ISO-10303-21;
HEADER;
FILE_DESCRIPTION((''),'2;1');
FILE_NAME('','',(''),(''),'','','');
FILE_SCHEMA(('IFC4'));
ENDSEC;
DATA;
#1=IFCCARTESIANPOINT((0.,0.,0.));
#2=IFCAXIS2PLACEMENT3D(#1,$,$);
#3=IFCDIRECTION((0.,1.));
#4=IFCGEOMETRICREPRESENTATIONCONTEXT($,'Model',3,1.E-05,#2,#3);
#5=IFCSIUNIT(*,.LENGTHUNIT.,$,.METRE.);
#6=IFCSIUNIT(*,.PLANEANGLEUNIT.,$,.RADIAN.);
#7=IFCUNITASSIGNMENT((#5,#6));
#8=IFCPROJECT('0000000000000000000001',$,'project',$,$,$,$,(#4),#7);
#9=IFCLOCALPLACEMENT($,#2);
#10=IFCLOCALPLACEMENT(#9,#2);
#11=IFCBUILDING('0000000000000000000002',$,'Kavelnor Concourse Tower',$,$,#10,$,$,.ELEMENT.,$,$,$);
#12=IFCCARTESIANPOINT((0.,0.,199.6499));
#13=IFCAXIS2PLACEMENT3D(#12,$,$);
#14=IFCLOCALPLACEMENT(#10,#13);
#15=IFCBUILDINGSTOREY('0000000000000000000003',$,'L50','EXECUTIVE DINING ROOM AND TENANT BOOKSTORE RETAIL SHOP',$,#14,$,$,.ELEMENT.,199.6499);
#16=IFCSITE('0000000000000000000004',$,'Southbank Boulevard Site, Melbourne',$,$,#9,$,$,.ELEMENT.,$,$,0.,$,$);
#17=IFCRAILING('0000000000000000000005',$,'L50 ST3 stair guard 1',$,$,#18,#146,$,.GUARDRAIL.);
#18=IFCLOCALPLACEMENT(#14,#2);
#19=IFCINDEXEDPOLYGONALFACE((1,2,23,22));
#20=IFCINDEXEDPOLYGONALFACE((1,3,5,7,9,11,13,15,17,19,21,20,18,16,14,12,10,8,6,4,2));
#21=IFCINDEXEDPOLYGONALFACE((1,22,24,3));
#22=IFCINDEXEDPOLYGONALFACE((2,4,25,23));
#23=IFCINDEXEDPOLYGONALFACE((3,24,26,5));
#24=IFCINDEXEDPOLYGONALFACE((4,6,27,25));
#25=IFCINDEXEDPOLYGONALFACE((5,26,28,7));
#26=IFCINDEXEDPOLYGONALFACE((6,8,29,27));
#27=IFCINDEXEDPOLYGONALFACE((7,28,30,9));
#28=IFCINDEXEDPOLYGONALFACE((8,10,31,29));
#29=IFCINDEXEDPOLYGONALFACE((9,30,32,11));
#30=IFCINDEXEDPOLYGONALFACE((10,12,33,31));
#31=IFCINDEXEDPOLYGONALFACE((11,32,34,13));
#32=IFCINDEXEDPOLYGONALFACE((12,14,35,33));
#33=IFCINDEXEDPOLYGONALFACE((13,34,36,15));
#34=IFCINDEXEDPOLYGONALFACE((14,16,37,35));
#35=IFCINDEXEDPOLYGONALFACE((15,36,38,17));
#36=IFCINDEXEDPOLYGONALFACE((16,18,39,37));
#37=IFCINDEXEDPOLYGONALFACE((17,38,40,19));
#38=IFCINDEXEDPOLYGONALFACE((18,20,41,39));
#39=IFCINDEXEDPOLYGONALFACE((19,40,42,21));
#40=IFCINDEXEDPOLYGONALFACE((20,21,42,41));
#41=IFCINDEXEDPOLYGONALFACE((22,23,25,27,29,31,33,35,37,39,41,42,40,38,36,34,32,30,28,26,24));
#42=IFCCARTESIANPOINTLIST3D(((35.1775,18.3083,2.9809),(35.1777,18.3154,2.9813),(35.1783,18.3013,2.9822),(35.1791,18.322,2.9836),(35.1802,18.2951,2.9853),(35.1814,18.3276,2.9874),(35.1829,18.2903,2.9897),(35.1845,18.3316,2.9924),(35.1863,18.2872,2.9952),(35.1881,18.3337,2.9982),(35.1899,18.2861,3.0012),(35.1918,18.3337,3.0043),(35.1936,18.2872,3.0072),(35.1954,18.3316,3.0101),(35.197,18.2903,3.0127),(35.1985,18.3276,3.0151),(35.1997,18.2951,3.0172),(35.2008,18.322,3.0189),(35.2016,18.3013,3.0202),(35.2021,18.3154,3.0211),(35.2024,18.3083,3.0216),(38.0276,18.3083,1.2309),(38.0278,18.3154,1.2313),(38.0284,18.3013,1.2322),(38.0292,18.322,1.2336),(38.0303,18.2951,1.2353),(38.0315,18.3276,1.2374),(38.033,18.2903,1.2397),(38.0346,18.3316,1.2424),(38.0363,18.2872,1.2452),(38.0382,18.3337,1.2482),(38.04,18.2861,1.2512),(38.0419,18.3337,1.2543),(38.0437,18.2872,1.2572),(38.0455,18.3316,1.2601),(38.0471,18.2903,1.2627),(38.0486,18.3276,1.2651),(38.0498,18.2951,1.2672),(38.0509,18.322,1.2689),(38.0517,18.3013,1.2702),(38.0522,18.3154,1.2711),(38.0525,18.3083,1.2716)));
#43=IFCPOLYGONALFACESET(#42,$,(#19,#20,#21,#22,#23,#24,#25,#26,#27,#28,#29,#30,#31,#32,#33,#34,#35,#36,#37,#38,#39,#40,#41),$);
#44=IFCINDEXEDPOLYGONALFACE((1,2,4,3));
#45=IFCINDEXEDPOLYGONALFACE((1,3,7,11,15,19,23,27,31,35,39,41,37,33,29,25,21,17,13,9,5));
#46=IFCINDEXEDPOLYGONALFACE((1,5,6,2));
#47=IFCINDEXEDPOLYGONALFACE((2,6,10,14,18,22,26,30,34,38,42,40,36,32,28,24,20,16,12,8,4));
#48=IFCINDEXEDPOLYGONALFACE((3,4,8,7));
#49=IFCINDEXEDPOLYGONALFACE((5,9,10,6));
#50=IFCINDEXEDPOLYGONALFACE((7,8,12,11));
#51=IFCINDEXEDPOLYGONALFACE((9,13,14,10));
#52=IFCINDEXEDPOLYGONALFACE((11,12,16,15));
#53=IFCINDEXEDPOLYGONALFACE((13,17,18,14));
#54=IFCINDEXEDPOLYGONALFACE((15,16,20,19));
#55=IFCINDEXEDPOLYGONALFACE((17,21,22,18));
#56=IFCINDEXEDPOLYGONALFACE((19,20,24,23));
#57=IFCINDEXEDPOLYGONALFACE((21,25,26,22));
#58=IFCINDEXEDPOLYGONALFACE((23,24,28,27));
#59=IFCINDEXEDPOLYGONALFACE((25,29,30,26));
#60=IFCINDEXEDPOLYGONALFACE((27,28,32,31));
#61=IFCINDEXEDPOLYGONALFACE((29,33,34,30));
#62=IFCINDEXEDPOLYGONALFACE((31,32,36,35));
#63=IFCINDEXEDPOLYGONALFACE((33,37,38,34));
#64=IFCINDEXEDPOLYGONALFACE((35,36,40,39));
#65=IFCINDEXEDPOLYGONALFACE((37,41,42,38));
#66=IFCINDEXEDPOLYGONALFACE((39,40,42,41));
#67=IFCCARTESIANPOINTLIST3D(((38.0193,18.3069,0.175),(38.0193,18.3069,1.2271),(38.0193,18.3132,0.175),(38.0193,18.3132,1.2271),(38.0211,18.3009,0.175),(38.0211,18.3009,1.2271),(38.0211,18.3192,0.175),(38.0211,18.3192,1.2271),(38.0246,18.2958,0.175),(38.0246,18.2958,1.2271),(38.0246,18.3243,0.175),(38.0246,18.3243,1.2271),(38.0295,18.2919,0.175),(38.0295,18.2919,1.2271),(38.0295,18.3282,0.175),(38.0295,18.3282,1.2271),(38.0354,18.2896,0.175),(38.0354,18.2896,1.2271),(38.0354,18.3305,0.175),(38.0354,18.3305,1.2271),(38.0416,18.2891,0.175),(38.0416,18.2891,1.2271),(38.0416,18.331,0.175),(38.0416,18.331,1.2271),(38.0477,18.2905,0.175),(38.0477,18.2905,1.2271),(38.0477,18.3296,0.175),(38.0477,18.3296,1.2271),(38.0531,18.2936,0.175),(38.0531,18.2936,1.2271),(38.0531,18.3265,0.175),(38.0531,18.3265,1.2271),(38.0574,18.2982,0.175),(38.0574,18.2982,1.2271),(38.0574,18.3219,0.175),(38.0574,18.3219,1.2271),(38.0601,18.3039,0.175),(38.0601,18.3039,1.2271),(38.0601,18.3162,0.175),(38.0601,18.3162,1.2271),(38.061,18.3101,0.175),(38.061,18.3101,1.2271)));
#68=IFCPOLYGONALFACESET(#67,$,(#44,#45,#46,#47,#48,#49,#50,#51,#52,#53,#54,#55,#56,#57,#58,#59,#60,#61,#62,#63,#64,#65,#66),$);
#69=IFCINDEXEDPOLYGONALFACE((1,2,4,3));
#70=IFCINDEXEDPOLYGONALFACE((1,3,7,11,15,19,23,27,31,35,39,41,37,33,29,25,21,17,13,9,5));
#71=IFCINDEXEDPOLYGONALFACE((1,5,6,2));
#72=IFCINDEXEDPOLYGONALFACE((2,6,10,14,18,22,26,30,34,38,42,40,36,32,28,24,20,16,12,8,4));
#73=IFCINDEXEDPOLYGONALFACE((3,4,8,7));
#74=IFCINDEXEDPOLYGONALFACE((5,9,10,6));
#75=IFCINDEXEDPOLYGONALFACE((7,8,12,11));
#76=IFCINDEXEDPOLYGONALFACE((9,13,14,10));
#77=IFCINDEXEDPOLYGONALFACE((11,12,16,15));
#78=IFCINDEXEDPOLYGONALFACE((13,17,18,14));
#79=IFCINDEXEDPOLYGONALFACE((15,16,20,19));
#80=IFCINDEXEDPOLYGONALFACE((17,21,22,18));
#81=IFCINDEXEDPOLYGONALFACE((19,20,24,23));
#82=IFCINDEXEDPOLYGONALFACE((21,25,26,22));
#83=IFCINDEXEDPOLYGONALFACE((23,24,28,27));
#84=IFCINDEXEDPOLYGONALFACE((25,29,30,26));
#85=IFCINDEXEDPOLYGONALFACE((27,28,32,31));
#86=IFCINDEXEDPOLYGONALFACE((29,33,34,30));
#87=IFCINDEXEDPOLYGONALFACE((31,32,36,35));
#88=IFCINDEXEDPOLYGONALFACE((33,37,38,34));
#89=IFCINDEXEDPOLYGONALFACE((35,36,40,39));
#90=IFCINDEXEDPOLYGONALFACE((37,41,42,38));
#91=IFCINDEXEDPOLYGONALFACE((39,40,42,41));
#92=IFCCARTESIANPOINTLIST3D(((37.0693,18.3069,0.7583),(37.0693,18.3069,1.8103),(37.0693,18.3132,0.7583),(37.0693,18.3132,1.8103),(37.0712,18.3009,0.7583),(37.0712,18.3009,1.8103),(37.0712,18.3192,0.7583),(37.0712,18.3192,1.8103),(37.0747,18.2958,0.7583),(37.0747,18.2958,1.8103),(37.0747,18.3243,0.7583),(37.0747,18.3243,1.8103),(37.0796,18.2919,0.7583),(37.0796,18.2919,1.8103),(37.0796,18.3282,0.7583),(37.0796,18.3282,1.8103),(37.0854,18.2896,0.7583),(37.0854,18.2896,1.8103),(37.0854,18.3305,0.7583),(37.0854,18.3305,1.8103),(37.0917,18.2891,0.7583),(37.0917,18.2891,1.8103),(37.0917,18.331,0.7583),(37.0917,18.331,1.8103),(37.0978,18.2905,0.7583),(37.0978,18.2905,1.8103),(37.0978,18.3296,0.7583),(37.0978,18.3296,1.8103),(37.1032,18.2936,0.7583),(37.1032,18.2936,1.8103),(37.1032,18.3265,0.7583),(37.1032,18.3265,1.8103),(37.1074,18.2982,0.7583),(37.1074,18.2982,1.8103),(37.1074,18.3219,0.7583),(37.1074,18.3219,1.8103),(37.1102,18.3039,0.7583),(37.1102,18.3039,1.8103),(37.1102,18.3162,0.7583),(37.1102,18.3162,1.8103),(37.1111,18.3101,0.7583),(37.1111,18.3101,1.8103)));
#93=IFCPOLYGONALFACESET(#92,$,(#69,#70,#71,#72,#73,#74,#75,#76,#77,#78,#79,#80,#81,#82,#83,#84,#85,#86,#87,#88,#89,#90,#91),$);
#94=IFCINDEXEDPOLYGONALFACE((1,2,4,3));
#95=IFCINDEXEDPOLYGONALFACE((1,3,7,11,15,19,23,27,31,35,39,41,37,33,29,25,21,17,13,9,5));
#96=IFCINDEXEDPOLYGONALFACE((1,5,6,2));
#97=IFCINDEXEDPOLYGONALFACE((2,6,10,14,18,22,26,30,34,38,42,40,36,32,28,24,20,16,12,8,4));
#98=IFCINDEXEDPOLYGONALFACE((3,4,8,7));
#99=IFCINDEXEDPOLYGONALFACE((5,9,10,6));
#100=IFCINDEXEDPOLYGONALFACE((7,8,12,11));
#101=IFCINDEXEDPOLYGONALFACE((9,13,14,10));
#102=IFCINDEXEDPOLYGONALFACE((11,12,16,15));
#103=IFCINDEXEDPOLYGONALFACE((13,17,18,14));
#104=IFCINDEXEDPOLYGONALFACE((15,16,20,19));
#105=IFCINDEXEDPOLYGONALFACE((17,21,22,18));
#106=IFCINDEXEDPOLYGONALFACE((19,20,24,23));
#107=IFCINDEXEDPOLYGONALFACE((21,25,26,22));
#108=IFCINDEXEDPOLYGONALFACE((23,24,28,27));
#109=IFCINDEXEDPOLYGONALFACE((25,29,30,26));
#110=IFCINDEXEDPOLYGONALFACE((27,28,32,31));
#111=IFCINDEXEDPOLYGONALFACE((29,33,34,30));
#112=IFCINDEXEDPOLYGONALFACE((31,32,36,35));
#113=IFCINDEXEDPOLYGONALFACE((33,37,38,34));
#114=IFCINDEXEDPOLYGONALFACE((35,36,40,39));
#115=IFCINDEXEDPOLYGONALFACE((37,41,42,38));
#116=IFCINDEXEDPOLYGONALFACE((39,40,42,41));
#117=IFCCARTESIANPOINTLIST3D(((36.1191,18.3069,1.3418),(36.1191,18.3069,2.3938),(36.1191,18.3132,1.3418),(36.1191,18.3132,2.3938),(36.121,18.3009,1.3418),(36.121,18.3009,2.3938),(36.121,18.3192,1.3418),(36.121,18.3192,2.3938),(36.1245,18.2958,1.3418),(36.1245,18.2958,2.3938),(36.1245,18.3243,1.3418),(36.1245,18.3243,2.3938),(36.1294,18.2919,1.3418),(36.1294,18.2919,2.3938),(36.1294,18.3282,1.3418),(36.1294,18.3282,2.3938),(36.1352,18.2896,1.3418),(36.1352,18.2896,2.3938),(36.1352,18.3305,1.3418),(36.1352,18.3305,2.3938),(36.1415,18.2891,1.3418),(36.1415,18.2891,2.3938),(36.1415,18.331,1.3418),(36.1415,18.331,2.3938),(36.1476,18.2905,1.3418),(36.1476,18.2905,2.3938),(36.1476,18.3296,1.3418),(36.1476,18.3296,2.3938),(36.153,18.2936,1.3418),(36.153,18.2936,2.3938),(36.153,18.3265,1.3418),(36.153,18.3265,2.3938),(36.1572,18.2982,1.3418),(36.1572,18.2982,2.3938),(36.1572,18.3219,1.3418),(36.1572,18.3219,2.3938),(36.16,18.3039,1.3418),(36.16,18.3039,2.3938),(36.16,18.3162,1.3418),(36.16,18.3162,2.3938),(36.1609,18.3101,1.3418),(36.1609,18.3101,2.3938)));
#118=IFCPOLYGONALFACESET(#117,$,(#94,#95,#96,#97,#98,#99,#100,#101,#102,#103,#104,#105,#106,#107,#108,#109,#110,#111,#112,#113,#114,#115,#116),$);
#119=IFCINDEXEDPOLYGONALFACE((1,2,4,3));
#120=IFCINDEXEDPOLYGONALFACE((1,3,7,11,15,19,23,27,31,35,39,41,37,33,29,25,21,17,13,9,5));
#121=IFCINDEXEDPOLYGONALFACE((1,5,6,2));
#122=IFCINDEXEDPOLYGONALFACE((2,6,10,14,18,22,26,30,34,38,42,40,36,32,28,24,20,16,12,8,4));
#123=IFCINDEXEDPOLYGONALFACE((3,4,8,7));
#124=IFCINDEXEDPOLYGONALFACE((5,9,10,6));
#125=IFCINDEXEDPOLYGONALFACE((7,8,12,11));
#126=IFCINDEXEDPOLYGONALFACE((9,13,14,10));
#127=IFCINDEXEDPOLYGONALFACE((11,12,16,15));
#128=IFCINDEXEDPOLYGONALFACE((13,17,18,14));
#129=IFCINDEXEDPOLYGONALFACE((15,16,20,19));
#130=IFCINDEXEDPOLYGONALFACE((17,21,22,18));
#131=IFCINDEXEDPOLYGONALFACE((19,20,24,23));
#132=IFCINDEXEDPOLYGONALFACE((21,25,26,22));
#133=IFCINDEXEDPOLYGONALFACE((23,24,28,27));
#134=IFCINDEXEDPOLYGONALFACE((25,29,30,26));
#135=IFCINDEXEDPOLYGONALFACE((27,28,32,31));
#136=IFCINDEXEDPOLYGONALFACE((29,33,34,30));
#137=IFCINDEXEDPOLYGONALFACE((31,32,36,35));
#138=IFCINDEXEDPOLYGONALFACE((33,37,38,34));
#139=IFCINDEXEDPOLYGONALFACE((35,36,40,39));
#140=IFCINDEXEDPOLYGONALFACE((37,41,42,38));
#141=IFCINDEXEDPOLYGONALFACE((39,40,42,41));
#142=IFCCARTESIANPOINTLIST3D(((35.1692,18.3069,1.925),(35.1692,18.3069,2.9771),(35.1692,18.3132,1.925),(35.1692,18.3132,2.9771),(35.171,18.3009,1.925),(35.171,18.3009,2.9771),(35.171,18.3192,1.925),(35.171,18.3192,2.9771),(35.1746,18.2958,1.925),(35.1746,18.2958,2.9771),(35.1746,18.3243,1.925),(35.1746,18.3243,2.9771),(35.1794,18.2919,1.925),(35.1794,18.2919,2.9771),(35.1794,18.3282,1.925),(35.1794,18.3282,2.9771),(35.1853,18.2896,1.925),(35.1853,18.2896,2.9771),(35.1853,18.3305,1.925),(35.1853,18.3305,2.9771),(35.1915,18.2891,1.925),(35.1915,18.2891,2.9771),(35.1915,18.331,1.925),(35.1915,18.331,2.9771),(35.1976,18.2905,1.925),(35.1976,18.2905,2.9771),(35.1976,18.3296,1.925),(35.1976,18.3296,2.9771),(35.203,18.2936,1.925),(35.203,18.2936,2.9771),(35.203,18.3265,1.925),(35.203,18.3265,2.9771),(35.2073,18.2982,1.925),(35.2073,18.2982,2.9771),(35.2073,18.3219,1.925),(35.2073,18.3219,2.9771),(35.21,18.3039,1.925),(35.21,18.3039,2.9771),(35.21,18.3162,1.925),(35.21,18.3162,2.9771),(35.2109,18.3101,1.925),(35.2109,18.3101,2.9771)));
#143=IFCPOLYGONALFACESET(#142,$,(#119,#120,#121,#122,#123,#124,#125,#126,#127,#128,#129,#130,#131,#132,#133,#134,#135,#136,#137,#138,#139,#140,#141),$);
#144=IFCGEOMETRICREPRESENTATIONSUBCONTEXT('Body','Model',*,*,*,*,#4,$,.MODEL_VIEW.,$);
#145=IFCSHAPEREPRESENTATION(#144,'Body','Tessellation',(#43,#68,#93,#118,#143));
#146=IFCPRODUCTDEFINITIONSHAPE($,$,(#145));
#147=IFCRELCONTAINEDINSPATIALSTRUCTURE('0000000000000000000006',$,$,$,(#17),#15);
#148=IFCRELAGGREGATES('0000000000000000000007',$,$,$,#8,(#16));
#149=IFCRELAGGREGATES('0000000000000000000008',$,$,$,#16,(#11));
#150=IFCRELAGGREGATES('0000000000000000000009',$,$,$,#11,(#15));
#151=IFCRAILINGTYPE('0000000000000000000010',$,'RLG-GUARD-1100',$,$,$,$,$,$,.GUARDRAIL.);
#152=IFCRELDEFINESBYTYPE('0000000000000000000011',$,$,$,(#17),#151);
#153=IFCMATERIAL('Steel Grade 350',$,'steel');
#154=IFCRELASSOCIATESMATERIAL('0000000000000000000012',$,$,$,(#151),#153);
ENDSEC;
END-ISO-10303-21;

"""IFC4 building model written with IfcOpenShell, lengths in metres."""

from ifc_helpers import new_model, si_unit, direction, frame, origin, origin_2d, place, context, subcontext, project, spatial, circle, extrude, material, type_object, element, save


model = new_model("IFC4")

# Units and contexts
model_context = context("Model", 3, precision=1e-05, world=origin(), true_north=direction((0.0, 1.0)))
body_context = subcontext(model_context, "Body", "Model", "MODEL_VIEW")
ifc_project = project(units=[si_unit("LENGTHUNIT", "METRE"), si_unit("PLANEANGLEUNIT", "RADIAN")], contexts=[model_context])

# Site, building, storey
site_placement = place(None, origin())
site = spatial("IfcSite", under=ifc_project, at=site_placement, Name="Southbank Boulevard Site, Melbourne", CompositionType="ELEMENT", RefElevation=0.0)
building_placement = place(site_placement, origin())
building = spatial("IfcBuilding", under=site, at=building_placement, Name="Kavelnor Concourse Tower", CompositionType="ELEMENT")
storey_placement = place(building_placement, frame((0.0, 0.0, 199.6499)))
storey = spatial("IfcBuildingStorey", under=building, at=storey_placement, Name="L50", Description="EXECUTIVE DINING ROOM AND TENANT BOOKSTORE RETAIL SHOP", CompositionType="ELEMENT", Elevation=199.6499)

# Shared definitions
ifc_material_1 = material(Name="Steel Grade 350", Category="steel")

# Railing
railing_type_1 = type_object("IfcRailingType", Name="RLG-GUARD-1100", PredefinedType="GUARDRAIL", material=ifc_material_1)
railing_1_placement = place(storey_placement, frame((38.04, 18.3101, 0.175)))
element("IfcRailing", 1, at=railing_1_placement, inside=storey, type_object=railing_type_1, Name="L50 ST3 stair guard 1", PredefinedType="GUARDRAIL", context=body_context, shape_type="SweptSolid", body=[
    extrude(circle(Radius=0.0239, at=origin_2d()), frame((0.0, 0.0, 1.0762), z_axis=(-0.852179, 0.0, 0.52325), x_axis=(0.0, -1.0, 0.0)), (0.0, 0.0, 1.0), 3.3445),
    extrude(circle(Radius=0.021, at=origin_2d()), origin(), (0.0, 0.0, 1.0), 1.052),
    extrude(circle(Radius=0.021, at=origin_2d()), frame((-0.95, 0.0, 0.5833)), (0.0, 0.0, 1.0), 1.052),
    extrude(circle(Radius=0.021, at=origin_2d()), frame((-1.9001, 0.0, 1.1667)), (0.0, 0.0, 1.0), 1.052),
    extrude(circle(Radius=0.021, at=origin_2d()), frame((-2.8501, 0.0, 1.75)), (0.0, 0.0, 1.0), 1.052),
])

save(model, "model.ifc")
